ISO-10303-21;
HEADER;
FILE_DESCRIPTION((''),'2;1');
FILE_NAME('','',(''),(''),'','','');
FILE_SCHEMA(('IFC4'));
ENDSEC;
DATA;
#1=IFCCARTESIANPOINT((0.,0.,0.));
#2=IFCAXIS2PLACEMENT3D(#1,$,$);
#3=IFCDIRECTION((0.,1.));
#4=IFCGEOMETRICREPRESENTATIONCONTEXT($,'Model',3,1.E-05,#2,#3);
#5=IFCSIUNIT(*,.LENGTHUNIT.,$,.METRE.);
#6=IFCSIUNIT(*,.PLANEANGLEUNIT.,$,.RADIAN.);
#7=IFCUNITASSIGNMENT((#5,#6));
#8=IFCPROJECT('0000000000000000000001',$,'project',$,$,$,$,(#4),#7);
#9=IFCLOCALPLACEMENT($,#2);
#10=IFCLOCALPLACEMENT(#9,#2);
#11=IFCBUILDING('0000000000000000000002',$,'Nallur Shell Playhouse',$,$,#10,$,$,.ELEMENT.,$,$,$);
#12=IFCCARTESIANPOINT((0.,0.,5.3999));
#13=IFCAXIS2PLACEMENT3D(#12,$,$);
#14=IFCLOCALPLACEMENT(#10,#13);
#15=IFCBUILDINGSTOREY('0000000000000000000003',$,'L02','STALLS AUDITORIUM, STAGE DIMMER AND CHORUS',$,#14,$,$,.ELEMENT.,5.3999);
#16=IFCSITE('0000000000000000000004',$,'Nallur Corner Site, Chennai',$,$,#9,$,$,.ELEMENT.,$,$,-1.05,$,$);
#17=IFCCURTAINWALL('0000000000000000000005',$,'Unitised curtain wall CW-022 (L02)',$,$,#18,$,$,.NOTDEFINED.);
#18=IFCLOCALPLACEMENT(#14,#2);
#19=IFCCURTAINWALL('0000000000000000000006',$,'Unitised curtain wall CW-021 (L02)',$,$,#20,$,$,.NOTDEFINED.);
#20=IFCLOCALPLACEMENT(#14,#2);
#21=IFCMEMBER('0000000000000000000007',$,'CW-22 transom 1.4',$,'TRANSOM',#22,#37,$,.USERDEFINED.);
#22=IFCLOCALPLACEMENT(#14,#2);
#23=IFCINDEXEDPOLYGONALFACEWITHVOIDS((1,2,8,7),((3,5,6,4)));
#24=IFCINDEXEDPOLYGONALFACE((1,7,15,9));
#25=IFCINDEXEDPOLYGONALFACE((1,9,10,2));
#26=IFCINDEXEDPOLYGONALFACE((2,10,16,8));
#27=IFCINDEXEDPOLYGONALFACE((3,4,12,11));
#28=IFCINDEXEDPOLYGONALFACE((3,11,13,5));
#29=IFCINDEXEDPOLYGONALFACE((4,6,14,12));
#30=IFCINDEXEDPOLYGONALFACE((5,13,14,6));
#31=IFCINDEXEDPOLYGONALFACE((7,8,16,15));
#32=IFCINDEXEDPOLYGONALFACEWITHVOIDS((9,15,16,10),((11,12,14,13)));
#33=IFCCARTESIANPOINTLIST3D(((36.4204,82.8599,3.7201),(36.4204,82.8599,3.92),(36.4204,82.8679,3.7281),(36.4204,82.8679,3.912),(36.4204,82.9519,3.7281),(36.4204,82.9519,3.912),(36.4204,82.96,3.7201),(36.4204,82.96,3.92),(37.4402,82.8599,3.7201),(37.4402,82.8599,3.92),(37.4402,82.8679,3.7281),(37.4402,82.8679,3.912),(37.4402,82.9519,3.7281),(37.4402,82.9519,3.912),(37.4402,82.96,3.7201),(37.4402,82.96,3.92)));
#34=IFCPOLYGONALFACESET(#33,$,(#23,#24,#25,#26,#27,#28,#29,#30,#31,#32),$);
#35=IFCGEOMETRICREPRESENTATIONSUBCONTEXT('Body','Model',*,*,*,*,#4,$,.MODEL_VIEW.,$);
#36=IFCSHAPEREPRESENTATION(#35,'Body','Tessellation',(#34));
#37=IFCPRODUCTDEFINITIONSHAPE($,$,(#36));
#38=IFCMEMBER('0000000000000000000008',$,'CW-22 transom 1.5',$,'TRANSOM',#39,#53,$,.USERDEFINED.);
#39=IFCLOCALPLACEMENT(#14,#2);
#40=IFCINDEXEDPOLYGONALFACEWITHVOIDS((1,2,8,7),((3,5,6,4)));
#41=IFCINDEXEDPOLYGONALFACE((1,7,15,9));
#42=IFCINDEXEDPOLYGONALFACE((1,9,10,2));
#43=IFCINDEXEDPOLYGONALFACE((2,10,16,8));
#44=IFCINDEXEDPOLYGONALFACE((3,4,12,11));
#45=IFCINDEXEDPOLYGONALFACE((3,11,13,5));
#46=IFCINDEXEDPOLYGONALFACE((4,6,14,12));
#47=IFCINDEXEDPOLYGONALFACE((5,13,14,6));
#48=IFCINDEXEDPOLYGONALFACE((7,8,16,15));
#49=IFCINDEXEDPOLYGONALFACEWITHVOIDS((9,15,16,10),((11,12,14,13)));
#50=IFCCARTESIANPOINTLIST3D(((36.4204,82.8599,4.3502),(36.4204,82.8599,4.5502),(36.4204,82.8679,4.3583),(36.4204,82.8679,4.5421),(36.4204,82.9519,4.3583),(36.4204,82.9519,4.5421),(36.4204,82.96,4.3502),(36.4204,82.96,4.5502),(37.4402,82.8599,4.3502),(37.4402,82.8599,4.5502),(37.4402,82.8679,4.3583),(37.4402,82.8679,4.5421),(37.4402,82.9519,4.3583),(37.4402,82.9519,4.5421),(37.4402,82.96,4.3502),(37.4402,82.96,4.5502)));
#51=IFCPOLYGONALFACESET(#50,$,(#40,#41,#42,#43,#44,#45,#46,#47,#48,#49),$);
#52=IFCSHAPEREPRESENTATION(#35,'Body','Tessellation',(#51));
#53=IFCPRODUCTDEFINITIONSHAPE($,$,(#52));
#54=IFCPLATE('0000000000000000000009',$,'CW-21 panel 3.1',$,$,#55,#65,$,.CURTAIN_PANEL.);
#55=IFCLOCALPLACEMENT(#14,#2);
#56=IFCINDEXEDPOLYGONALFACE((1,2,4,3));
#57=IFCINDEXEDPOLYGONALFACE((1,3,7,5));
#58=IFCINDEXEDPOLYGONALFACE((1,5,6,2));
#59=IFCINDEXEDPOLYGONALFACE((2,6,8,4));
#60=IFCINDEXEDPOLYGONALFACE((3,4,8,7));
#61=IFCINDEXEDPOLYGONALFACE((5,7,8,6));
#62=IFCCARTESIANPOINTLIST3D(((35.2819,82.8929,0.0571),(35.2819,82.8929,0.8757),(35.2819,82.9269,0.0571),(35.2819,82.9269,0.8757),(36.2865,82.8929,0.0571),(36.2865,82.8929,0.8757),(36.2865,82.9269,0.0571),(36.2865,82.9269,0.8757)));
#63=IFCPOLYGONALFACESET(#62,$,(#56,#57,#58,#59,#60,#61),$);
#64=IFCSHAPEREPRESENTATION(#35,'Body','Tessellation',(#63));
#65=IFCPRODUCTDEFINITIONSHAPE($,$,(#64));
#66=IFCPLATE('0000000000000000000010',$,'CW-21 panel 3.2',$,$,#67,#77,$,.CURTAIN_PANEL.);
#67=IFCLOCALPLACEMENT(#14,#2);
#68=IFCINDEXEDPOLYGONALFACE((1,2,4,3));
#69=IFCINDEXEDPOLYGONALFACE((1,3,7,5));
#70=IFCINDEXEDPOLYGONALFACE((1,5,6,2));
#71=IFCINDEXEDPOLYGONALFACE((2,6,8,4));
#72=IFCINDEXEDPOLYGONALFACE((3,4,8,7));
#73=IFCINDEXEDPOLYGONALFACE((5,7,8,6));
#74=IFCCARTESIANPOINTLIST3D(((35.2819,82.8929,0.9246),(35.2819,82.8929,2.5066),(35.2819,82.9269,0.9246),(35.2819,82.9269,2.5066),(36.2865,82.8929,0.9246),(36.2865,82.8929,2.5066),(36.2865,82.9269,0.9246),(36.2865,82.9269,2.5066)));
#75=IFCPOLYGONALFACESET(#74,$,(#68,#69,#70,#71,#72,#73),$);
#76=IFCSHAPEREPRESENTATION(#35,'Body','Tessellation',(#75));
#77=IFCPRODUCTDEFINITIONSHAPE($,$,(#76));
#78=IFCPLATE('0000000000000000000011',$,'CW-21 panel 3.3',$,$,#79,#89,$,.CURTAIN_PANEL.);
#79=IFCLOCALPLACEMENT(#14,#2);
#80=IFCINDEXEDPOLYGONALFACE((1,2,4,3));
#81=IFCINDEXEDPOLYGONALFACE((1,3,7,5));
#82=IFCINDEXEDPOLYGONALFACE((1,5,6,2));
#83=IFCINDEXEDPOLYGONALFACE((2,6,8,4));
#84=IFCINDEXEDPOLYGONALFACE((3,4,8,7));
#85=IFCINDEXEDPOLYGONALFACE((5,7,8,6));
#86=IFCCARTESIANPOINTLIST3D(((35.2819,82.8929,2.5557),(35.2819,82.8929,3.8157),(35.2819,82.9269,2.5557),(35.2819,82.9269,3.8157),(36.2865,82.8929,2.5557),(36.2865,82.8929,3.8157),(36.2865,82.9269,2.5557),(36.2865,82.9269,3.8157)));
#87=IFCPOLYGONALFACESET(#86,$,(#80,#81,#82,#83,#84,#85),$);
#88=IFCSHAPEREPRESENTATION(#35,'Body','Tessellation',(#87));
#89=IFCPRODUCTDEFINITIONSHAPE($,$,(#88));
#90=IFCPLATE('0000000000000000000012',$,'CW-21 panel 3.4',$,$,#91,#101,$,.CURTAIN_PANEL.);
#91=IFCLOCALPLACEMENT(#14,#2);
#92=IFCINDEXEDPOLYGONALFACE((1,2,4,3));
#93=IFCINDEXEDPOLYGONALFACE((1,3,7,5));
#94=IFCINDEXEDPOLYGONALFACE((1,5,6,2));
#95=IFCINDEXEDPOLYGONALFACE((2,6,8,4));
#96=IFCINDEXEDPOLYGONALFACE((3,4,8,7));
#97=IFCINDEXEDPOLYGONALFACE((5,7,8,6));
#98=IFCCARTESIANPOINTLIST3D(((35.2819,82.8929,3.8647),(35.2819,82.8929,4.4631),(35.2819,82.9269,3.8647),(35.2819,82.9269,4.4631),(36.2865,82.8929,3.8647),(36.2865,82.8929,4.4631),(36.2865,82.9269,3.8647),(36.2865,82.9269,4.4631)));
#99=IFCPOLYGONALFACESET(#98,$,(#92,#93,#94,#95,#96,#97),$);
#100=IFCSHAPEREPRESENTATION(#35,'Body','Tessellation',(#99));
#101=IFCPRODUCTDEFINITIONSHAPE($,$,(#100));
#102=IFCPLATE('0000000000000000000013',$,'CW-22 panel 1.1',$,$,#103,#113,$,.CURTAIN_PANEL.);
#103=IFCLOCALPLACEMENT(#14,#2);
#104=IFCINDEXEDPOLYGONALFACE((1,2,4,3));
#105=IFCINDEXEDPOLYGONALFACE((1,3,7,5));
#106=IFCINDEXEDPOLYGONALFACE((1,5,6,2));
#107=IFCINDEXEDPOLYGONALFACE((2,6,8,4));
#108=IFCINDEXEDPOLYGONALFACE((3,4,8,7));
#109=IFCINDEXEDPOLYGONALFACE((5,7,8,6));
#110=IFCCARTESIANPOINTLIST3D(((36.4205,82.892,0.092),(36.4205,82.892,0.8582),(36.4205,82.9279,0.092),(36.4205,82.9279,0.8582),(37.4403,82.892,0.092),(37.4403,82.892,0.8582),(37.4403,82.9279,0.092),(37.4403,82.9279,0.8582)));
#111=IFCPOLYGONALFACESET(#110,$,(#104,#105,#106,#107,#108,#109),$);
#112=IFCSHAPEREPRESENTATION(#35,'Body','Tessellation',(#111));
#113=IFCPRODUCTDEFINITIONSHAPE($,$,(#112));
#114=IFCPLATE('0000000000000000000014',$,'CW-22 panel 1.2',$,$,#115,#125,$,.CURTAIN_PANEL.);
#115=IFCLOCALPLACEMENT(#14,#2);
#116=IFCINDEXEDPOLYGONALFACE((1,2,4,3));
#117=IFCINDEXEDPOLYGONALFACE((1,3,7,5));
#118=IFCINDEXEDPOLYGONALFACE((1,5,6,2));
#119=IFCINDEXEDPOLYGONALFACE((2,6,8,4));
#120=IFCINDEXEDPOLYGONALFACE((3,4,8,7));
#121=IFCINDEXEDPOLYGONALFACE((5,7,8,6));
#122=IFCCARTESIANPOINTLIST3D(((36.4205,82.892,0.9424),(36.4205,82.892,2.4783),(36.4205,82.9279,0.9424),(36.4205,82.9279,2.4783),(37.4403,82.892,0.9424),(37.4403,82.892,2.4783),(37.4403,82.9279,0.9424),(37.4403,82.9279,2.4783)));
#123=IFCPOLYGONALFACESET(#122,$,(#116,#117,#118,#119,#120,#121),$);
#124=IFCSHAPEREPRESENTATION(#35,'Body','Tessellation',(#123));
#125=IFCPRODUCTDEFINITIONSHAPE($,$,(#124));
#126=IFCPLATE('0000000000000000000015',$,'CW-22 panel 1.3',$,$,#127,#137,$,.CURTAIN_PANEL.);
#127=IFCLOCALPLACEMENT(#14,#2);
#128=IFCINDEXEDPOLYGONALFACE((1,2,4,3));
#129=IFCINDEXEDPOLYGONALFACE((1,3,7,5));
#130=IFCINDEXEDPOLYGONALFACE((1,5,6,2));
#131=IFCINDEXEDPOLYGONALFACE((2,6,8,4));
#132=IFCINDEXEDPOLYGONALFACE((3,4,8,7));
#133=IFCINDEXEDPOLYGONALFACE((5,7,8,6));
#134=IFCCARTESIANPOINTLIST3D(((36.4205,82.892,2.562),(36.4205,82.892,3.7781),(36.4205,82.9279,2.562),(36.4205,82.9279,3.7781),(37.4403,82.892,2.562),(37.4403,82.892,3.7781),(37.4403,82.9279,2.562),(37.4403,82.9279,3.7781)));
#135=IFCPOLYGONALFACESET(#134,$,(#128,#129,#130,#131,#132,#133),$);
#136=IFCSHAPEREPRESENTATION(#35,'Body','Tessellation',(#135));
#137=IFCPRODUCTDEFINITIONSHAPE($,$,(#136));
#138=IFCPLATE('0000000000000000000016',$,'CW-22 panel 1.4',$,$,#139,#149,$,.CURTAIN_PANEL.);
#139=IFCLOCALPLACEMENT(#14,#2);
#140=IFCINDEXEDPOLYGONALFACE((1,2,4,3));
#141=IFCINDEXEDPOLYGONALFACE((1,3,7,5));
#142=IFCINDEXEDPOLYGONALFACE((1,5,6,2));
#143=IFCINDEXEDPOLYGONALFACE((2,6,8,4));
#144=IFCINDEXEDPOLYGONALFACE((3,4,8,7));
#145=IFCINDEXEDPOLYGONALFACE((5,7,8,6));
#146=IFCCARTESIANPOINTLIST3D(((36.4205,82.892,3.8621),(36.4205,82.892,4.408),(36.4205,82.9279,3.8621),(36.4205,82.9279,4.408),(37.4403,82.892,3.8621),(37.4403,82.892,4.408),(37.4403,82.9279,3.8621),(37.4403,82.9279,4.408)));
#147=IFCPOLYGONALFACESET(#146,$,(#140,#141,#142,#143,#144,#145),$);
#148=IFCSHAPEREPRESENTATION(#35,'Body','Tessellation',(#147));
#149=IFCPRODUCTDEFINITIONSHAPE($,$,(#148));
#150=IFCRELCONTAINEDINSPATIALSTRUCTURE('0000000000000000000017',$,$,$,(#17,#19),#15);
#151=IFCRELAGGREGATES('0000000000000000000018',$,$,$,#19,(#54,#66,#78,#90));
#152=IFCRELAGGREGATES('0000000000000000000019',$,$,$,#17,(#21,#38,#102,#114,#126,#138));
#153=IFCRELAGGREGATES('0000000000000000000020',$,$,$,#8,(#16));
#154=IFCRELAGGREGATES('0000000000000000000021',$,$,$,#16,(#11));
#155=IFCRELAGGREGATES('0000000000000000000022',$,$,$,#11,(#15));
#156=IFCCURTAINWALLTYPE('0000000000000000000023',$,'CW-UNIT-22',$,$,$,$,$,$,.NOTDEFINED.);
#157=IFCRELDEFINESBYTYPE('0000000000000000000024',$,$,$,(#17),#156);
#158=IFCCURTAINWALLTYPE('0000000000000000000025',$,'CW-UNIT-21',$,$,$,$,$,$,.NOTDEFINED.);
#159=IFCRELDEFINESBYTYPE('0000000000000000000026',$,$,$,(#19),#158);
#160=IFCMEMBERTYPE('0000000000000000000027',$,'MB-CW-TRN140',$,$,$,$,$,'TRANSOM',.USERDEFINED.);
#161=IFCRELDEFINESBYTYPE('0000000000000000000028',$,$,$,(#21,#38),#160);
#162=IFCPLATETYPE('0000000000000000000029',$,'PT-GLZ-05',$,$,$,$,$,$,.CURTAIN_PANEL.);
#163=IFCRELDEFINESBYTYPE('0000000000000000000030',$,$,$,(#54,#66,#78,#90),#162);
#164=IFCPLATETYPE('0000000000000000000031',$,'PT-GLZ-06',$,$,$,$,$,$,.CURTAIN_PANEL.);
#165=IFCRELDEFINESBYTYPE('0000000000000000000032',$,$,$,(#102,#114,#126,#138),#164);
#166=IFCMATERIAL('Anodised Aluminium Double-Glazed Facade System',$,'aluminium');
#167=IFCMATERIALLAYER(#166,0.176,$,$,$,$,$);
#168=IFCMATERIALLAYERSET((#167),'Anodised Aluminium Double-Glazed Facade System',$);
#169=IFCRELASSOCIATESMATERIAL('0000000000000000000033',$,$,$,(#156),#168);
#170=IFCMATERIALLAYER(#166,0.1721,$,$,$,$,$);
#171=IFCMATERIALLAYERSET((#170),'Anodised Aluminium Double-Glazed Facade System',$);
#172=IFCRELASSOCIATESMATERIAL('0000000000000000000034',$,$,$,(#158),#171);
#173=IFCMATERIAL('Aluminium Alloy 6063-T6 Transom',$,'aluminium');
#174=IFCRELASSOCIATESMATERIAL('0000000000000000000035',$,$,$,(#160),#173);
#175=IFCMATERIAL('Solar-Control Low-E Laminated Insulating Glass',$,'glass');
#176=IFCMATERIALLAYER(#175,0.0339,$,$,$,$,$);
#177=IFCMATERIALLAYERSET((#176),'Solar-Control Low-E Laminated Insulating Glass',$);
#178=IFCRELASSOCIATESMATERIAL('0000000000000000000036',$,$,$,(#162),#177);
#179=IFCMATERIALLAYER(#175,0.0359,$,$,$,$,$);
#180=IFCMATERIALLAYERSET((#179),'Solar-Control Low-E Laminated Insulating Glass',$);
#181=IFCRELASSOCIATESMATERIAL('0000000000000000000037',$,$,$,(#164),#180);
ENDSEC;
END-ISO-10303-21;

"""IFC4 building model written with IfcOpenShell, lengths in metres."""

from ifc_helpers import new_model, si_unit, direction, frame, origin, origin_2d, place, context, subcontext, project, spatial, rectangle, hollow_rectangle, extrude, material, layer, layer_set, material_profile, profile_set, type_object, element, aggregate, save


model = new_model("IFC4")

# Units and contexts
model_context = context("Model", 3, precision=1e-05, world=origin(), true_north=direction((0.0, 1.0)))
body_context = subcontext(model_context, "Body", "Model", "MODEL_VIEW")
ifc_project = project(units=[si_unit("LENGTHUNIT", "METRE"), si_unit("PLANEANGLEUNIT", "RADIAN")], contexts=[model_context])

# Site, building, storey
site_placement = place(None, origin())
site = spatial("IfcSite", under=ifc_project, at=site_placement, Name="Nallur Corner Site, Chennai", CompositionType="ELEMENT", RefElevation=-1.05)
building_placement = place(site_placement, origin())
building = spatial("IfcBuilding", under=site, at=building_placement, Name="Nallur Shell Playhouse", CompositionType="ELEMENT")
storey_placement = place(building_placement, frame((0.0, 0.0, 5.3999)))
storey = spatial("IfcBuildingStorey", under=building, at=storey_placement, Name="L02", Description="STALLS AUDITORIUM, STAGE DIMMER AND CHORUS", CompositionType="ELEMENT", Elevation=5.3999)

# Curtain wall
ifc_material_1 = material(Name="Anodised Aluminium Double-Glazed Facade System", Category="aluminium")
ifc_layer_1 = layer(ifc_material_1, 0.176)
ifc_layer_set_1 = layer_set([ifc_layer_1], Name="Anodised Aluminium Double-Glazed Facade System")
curtain_wall_type_1 = type_object("IfcCurtainWallType", Name="CW-UNIT-22", PredefinedType="NOTDEFINED", material=ifc_layer_set_1)
curtain_wall_1_placement = place(storey_placement, origin())
curtain_wall_1 = element("IfcCurtainWall", 1, at=curtain_wall_1_placement, inside=storey, type_object=curtain_wall_type_1, Name="Unitised curtain wall CW-022 (L02)", PredefinedType="NOTDEFINED")

# Curtain wall
ifc_layer_2 = layer(ifc_material_1, 0.1721)
ifc_layer_set_2 = layer_set([ifc_layer_2], Name="Anodised Aluminium Double-Glazed Facade System")
curtain_wall_type_2 = type_object("IfcCurtainWallType", Name="CW-UNIT-21", PredefinedType="NOTDEFINED", material=ifc_layer_set_2)
curtain_wall_2_placement = place(storey_placement, origin())
curtain_wall_2 = element("IfcCurtainWall", 2, at=curtain_wall_2_placement, inside=storey, type_object=curtain_wall_type_2, Name="Unitised curtain wall CW-021 (L02)", PredefinedType="NOTDEFINED")
ifc_material_2 = material(Name="Aluminium Alloy 6063-T6 Transom", Category="aluminium")

# Members
ifc_material_profile_1 = material_profile(ifc_material_2, hollow_rectangle(XDim=0.1001, YDim=0.2, WallThickness=0.0081, at=origin_2d()), Name="RHS 200x100x8")
ifc_profile_set_1 = profile_set([ifc_material_profile_1], Name="Aluminium Alloy 6063-T6 Transom")
member_type_1 = type_object("IfcMemberType", Name="MB-CW-TRN140", ElementType="TRANSOM", PredefinedType="USERDEFINED", material=ifc_profile_set_1)
member_1_placement = place(storey_placement, frame((36.4204, 82.9099, 3.8201), z_axis=(1.0, 0.0, 0.0), x_axis=(0.0, 1.0, 0.0)))
member_1 = element("IfcMember", 3, at=member_1_placement, type_object=member_type_1, Name="CW-22 transom 1.4", ObjectType="TRANSOM", PredefinedType="USERDEFINED", context=body_context, shape_type="SweptSolid", body=[
    extrude(hollow_rectangle(XDim=0.1001, YDim=0.2, WallThickness=0.0081, at=origin_2d()), origin(), (0.0, 0.0, 1.0), 1.0198),
])
member_2_placement = place(storey_placement, frame((36.4204, 82.9099, 4.4502), z_axis=(1.0, 0.0, 0.0), x_axis=(0.0, 1.0, 0.0)))
member_2 = element("IfcMember", 4, at=member_2_placement, type_object=member_type_1, Name="CW-22 transom 1.5", ObjectType="TRANSOM", PredefinedType="USERDEFINED", context=body_context, shape_type="SweptSolid", body=[
    extrude(hollow_rectangle(XDim=0.1001, YDim=0.2, WallThickness=0.0081, at=origin_2d()), origin(), (0.0, 0.0, 1.0), 1.0198),
])

# Plates
ifc_material_3 = material(Name="Solar-Control Low-E Laminated Insulating Glass", Category="glass")
ifc_layer_3 = layer(ifc_material_3, 0.0339)
ifc_layer_set_3 = layer_set([ifc_layer_3], Name="Solar-Control Low-E Laminated Insulating Glass")
plate_type_1 = type_object("IfcPlateType", Name="PT-GLZ-05", PredefinedType="CURTAIN_PANEL", material=ifc_layer_set_3)
plate_1_placement = place(storey_placement, frame((35.7842, 82.9099, 0.0571), z_axis=(0.0, 0.0, 1.0), x_axis=(1.0, 0.0, 0.0)))
plate_1 = element("IfcPlate", 5, at=plate_1_placement, type_object=plate_type_1, Name="CW-21 panel 3.1", PredefinedType="CURTAIN_PANEL", context=body_context, shape_type="SweptSolid", body=[
    extrude(rectangle(XDim=1.0046, YDim=0.0339, at=origin_2d()), origin(), (0.0, 0.0, 1.0), 0.8186),
])
plate_2_placement = place(storey_placement, frame((35.7842, 82.9099, 0.9246), z_axis=(0.0, 0.0, 1.0), x_axis=(1.0, 0.0, 0.0)))
plate_2 = element("IfcPlate", 6, at=plate_2_placement, type_object=plate_type_1, Name="CW-21 panel 3.2", PredefinedType="CURTAIN_PANEL", context=body_context, shape_type="SweptSolid", body=[
    extrude(rectangle(XDim=1.0046, YDim=0.0339, at=origin_2d()), origin(), (0.0, 0.0, 1.0), 1.582),
])
plate_3_placement = place(storey_placement, frame((35.7842, 82.9099, 2.5557), z_axis=(0.0, 0.0, 1.0), x_axis=(1.0, 0.0, 0.0)))
plate_3 = element("IfcPlate", 7, at=plate_3_placement, type_object=plate_type_1, Name="CW-21 panel 3.3", PredefinedType="CURTAIN_PANEL", context=body_context, shape_type="SweptSolid", body=[
    extrude(rectangle(XDim=1.0046, YDim=0.0339, at=origin_2d()), origin(), (0.0, 0.0, 1.0), 1.26),
])
plate_4_placement = place(storey_placement, frame((35.7842, 82.9099, 3.8647), z_axis=(0.0, 0.0, 1.0), x_axis=(1.0, 0.0, 0.0)))
plate_4 = element("IfcPlate", 8, at=plate_4_placement, type_object=plate_type_1, Name="CW-21 panel 3.4", PredefinedType="CURTAIN_PANEL", context=body_context, shape_type="SweptSolid", body=[
    extrude(rectangle(XDim=1.0046, YDim=0.0339, at=origin_2d()), origin(), (0.0, 0.0, 1.0), 0.5984),
])
aggregate(curtain_wall_2, [plate_1, plate_2, plate_3, plate_4])
ifc_layer_4 = layer(ifc_material_3, 0.0359)
ifc_layer_set_4 = layer_set([ifc_layer_4], Name="Solar-Control Low-E Laminated Insulating Glass")
plate_type_2 = type_object("IfcPlateType", Name="PT-GLZ-06", PredefinedType="CURTAIN_PANEL", material=ifc_layer_set_4)
plate_5_placement = place(storey_placement, frame((36.9304, 82.9099, 0.092), z_axis=(0.0, 0.0, 1.0), x_axis=(1.0, 0.0, 0.0)))
plate_5 = element("IfcPlate", 9, at=plate_5_placement, type_object=plate_type_2, Name="CW-22 panel 1.1", PredefinedType="CURTAIN_PANEL", context=body_context, shape_type="SweptSolid", body=[
    extrude(rectangle(XDim=1.0198, YDim=0.0359, at=origin_2d()), origin(), (0.0, 0.0, 1.0), 0.7661),
])
plate_6_placement = place(storey_placement, frame((36.9304, 82.9099, 0.9424), z_axis=(0.0, 0.0, 1.0), x_axis=(1.0, 0.0, 0.0)))
plate_6 = element("IfcPlate", 10, at=plate_6_placement, type_object=plate_type_2, Name="CW-22 panel 1.2", PredefinedType="CURTAIN_PANEL", context=body_context, shape_type="SweptSolid", body=[
    extrude(rectangle(XDim=1.0198, YDim=0.0359, at=origin_2d()), origin(), (0.0, 0.0, 1.0), 1.5359),
])
plate_7_placement = place(storey_placement, frame((36.9304, 82.9099, 2.562), z_axis=(0.0, 0.0, 1.0), x_axis=(1.0, 0.0, 0.0)))
plate_7 = element("IfcPlate", 11, at=plate_7_placement, type_object=plate_type_2, Name="CW-22 panel 1.3", PredefinedType="CURTAIN_PANEL", context=body_context, shape_type="SweptSolid", body=[
    extrude(rectangle(XDim=1.0198, YDim=0.0359, at=origin_2d()), origin(), (0.0, 0.0, 1.0), 1.2161),
])
plate_8_placement = place(storey_placement, frame((36.9304, 82.9099, 3.8621), z_axis=(0.0, 0.0, 1.0), x_axis=(1.0, 0.0, 0.0)))
plate_8 = element("IfcPlate", 12, at=plate_8_placement, type_object=plate_type_2, Name="CW-22 panel 1.4", PredefinedType="CURTAIN_PANEL", context=body_context, shape_type="SweptSolid", body=[
    extrude(rectangle(XDim=1.0198, YDim=0.0359, at=origin_2d()), origin(), (0.0, 0.0, 1.0), 0.5459),
])
aggregate(curtain_wall_1, [member_1, member_2, plate_5, plate_6, plate_7, plate_8])

save(model, "model.ifc")
